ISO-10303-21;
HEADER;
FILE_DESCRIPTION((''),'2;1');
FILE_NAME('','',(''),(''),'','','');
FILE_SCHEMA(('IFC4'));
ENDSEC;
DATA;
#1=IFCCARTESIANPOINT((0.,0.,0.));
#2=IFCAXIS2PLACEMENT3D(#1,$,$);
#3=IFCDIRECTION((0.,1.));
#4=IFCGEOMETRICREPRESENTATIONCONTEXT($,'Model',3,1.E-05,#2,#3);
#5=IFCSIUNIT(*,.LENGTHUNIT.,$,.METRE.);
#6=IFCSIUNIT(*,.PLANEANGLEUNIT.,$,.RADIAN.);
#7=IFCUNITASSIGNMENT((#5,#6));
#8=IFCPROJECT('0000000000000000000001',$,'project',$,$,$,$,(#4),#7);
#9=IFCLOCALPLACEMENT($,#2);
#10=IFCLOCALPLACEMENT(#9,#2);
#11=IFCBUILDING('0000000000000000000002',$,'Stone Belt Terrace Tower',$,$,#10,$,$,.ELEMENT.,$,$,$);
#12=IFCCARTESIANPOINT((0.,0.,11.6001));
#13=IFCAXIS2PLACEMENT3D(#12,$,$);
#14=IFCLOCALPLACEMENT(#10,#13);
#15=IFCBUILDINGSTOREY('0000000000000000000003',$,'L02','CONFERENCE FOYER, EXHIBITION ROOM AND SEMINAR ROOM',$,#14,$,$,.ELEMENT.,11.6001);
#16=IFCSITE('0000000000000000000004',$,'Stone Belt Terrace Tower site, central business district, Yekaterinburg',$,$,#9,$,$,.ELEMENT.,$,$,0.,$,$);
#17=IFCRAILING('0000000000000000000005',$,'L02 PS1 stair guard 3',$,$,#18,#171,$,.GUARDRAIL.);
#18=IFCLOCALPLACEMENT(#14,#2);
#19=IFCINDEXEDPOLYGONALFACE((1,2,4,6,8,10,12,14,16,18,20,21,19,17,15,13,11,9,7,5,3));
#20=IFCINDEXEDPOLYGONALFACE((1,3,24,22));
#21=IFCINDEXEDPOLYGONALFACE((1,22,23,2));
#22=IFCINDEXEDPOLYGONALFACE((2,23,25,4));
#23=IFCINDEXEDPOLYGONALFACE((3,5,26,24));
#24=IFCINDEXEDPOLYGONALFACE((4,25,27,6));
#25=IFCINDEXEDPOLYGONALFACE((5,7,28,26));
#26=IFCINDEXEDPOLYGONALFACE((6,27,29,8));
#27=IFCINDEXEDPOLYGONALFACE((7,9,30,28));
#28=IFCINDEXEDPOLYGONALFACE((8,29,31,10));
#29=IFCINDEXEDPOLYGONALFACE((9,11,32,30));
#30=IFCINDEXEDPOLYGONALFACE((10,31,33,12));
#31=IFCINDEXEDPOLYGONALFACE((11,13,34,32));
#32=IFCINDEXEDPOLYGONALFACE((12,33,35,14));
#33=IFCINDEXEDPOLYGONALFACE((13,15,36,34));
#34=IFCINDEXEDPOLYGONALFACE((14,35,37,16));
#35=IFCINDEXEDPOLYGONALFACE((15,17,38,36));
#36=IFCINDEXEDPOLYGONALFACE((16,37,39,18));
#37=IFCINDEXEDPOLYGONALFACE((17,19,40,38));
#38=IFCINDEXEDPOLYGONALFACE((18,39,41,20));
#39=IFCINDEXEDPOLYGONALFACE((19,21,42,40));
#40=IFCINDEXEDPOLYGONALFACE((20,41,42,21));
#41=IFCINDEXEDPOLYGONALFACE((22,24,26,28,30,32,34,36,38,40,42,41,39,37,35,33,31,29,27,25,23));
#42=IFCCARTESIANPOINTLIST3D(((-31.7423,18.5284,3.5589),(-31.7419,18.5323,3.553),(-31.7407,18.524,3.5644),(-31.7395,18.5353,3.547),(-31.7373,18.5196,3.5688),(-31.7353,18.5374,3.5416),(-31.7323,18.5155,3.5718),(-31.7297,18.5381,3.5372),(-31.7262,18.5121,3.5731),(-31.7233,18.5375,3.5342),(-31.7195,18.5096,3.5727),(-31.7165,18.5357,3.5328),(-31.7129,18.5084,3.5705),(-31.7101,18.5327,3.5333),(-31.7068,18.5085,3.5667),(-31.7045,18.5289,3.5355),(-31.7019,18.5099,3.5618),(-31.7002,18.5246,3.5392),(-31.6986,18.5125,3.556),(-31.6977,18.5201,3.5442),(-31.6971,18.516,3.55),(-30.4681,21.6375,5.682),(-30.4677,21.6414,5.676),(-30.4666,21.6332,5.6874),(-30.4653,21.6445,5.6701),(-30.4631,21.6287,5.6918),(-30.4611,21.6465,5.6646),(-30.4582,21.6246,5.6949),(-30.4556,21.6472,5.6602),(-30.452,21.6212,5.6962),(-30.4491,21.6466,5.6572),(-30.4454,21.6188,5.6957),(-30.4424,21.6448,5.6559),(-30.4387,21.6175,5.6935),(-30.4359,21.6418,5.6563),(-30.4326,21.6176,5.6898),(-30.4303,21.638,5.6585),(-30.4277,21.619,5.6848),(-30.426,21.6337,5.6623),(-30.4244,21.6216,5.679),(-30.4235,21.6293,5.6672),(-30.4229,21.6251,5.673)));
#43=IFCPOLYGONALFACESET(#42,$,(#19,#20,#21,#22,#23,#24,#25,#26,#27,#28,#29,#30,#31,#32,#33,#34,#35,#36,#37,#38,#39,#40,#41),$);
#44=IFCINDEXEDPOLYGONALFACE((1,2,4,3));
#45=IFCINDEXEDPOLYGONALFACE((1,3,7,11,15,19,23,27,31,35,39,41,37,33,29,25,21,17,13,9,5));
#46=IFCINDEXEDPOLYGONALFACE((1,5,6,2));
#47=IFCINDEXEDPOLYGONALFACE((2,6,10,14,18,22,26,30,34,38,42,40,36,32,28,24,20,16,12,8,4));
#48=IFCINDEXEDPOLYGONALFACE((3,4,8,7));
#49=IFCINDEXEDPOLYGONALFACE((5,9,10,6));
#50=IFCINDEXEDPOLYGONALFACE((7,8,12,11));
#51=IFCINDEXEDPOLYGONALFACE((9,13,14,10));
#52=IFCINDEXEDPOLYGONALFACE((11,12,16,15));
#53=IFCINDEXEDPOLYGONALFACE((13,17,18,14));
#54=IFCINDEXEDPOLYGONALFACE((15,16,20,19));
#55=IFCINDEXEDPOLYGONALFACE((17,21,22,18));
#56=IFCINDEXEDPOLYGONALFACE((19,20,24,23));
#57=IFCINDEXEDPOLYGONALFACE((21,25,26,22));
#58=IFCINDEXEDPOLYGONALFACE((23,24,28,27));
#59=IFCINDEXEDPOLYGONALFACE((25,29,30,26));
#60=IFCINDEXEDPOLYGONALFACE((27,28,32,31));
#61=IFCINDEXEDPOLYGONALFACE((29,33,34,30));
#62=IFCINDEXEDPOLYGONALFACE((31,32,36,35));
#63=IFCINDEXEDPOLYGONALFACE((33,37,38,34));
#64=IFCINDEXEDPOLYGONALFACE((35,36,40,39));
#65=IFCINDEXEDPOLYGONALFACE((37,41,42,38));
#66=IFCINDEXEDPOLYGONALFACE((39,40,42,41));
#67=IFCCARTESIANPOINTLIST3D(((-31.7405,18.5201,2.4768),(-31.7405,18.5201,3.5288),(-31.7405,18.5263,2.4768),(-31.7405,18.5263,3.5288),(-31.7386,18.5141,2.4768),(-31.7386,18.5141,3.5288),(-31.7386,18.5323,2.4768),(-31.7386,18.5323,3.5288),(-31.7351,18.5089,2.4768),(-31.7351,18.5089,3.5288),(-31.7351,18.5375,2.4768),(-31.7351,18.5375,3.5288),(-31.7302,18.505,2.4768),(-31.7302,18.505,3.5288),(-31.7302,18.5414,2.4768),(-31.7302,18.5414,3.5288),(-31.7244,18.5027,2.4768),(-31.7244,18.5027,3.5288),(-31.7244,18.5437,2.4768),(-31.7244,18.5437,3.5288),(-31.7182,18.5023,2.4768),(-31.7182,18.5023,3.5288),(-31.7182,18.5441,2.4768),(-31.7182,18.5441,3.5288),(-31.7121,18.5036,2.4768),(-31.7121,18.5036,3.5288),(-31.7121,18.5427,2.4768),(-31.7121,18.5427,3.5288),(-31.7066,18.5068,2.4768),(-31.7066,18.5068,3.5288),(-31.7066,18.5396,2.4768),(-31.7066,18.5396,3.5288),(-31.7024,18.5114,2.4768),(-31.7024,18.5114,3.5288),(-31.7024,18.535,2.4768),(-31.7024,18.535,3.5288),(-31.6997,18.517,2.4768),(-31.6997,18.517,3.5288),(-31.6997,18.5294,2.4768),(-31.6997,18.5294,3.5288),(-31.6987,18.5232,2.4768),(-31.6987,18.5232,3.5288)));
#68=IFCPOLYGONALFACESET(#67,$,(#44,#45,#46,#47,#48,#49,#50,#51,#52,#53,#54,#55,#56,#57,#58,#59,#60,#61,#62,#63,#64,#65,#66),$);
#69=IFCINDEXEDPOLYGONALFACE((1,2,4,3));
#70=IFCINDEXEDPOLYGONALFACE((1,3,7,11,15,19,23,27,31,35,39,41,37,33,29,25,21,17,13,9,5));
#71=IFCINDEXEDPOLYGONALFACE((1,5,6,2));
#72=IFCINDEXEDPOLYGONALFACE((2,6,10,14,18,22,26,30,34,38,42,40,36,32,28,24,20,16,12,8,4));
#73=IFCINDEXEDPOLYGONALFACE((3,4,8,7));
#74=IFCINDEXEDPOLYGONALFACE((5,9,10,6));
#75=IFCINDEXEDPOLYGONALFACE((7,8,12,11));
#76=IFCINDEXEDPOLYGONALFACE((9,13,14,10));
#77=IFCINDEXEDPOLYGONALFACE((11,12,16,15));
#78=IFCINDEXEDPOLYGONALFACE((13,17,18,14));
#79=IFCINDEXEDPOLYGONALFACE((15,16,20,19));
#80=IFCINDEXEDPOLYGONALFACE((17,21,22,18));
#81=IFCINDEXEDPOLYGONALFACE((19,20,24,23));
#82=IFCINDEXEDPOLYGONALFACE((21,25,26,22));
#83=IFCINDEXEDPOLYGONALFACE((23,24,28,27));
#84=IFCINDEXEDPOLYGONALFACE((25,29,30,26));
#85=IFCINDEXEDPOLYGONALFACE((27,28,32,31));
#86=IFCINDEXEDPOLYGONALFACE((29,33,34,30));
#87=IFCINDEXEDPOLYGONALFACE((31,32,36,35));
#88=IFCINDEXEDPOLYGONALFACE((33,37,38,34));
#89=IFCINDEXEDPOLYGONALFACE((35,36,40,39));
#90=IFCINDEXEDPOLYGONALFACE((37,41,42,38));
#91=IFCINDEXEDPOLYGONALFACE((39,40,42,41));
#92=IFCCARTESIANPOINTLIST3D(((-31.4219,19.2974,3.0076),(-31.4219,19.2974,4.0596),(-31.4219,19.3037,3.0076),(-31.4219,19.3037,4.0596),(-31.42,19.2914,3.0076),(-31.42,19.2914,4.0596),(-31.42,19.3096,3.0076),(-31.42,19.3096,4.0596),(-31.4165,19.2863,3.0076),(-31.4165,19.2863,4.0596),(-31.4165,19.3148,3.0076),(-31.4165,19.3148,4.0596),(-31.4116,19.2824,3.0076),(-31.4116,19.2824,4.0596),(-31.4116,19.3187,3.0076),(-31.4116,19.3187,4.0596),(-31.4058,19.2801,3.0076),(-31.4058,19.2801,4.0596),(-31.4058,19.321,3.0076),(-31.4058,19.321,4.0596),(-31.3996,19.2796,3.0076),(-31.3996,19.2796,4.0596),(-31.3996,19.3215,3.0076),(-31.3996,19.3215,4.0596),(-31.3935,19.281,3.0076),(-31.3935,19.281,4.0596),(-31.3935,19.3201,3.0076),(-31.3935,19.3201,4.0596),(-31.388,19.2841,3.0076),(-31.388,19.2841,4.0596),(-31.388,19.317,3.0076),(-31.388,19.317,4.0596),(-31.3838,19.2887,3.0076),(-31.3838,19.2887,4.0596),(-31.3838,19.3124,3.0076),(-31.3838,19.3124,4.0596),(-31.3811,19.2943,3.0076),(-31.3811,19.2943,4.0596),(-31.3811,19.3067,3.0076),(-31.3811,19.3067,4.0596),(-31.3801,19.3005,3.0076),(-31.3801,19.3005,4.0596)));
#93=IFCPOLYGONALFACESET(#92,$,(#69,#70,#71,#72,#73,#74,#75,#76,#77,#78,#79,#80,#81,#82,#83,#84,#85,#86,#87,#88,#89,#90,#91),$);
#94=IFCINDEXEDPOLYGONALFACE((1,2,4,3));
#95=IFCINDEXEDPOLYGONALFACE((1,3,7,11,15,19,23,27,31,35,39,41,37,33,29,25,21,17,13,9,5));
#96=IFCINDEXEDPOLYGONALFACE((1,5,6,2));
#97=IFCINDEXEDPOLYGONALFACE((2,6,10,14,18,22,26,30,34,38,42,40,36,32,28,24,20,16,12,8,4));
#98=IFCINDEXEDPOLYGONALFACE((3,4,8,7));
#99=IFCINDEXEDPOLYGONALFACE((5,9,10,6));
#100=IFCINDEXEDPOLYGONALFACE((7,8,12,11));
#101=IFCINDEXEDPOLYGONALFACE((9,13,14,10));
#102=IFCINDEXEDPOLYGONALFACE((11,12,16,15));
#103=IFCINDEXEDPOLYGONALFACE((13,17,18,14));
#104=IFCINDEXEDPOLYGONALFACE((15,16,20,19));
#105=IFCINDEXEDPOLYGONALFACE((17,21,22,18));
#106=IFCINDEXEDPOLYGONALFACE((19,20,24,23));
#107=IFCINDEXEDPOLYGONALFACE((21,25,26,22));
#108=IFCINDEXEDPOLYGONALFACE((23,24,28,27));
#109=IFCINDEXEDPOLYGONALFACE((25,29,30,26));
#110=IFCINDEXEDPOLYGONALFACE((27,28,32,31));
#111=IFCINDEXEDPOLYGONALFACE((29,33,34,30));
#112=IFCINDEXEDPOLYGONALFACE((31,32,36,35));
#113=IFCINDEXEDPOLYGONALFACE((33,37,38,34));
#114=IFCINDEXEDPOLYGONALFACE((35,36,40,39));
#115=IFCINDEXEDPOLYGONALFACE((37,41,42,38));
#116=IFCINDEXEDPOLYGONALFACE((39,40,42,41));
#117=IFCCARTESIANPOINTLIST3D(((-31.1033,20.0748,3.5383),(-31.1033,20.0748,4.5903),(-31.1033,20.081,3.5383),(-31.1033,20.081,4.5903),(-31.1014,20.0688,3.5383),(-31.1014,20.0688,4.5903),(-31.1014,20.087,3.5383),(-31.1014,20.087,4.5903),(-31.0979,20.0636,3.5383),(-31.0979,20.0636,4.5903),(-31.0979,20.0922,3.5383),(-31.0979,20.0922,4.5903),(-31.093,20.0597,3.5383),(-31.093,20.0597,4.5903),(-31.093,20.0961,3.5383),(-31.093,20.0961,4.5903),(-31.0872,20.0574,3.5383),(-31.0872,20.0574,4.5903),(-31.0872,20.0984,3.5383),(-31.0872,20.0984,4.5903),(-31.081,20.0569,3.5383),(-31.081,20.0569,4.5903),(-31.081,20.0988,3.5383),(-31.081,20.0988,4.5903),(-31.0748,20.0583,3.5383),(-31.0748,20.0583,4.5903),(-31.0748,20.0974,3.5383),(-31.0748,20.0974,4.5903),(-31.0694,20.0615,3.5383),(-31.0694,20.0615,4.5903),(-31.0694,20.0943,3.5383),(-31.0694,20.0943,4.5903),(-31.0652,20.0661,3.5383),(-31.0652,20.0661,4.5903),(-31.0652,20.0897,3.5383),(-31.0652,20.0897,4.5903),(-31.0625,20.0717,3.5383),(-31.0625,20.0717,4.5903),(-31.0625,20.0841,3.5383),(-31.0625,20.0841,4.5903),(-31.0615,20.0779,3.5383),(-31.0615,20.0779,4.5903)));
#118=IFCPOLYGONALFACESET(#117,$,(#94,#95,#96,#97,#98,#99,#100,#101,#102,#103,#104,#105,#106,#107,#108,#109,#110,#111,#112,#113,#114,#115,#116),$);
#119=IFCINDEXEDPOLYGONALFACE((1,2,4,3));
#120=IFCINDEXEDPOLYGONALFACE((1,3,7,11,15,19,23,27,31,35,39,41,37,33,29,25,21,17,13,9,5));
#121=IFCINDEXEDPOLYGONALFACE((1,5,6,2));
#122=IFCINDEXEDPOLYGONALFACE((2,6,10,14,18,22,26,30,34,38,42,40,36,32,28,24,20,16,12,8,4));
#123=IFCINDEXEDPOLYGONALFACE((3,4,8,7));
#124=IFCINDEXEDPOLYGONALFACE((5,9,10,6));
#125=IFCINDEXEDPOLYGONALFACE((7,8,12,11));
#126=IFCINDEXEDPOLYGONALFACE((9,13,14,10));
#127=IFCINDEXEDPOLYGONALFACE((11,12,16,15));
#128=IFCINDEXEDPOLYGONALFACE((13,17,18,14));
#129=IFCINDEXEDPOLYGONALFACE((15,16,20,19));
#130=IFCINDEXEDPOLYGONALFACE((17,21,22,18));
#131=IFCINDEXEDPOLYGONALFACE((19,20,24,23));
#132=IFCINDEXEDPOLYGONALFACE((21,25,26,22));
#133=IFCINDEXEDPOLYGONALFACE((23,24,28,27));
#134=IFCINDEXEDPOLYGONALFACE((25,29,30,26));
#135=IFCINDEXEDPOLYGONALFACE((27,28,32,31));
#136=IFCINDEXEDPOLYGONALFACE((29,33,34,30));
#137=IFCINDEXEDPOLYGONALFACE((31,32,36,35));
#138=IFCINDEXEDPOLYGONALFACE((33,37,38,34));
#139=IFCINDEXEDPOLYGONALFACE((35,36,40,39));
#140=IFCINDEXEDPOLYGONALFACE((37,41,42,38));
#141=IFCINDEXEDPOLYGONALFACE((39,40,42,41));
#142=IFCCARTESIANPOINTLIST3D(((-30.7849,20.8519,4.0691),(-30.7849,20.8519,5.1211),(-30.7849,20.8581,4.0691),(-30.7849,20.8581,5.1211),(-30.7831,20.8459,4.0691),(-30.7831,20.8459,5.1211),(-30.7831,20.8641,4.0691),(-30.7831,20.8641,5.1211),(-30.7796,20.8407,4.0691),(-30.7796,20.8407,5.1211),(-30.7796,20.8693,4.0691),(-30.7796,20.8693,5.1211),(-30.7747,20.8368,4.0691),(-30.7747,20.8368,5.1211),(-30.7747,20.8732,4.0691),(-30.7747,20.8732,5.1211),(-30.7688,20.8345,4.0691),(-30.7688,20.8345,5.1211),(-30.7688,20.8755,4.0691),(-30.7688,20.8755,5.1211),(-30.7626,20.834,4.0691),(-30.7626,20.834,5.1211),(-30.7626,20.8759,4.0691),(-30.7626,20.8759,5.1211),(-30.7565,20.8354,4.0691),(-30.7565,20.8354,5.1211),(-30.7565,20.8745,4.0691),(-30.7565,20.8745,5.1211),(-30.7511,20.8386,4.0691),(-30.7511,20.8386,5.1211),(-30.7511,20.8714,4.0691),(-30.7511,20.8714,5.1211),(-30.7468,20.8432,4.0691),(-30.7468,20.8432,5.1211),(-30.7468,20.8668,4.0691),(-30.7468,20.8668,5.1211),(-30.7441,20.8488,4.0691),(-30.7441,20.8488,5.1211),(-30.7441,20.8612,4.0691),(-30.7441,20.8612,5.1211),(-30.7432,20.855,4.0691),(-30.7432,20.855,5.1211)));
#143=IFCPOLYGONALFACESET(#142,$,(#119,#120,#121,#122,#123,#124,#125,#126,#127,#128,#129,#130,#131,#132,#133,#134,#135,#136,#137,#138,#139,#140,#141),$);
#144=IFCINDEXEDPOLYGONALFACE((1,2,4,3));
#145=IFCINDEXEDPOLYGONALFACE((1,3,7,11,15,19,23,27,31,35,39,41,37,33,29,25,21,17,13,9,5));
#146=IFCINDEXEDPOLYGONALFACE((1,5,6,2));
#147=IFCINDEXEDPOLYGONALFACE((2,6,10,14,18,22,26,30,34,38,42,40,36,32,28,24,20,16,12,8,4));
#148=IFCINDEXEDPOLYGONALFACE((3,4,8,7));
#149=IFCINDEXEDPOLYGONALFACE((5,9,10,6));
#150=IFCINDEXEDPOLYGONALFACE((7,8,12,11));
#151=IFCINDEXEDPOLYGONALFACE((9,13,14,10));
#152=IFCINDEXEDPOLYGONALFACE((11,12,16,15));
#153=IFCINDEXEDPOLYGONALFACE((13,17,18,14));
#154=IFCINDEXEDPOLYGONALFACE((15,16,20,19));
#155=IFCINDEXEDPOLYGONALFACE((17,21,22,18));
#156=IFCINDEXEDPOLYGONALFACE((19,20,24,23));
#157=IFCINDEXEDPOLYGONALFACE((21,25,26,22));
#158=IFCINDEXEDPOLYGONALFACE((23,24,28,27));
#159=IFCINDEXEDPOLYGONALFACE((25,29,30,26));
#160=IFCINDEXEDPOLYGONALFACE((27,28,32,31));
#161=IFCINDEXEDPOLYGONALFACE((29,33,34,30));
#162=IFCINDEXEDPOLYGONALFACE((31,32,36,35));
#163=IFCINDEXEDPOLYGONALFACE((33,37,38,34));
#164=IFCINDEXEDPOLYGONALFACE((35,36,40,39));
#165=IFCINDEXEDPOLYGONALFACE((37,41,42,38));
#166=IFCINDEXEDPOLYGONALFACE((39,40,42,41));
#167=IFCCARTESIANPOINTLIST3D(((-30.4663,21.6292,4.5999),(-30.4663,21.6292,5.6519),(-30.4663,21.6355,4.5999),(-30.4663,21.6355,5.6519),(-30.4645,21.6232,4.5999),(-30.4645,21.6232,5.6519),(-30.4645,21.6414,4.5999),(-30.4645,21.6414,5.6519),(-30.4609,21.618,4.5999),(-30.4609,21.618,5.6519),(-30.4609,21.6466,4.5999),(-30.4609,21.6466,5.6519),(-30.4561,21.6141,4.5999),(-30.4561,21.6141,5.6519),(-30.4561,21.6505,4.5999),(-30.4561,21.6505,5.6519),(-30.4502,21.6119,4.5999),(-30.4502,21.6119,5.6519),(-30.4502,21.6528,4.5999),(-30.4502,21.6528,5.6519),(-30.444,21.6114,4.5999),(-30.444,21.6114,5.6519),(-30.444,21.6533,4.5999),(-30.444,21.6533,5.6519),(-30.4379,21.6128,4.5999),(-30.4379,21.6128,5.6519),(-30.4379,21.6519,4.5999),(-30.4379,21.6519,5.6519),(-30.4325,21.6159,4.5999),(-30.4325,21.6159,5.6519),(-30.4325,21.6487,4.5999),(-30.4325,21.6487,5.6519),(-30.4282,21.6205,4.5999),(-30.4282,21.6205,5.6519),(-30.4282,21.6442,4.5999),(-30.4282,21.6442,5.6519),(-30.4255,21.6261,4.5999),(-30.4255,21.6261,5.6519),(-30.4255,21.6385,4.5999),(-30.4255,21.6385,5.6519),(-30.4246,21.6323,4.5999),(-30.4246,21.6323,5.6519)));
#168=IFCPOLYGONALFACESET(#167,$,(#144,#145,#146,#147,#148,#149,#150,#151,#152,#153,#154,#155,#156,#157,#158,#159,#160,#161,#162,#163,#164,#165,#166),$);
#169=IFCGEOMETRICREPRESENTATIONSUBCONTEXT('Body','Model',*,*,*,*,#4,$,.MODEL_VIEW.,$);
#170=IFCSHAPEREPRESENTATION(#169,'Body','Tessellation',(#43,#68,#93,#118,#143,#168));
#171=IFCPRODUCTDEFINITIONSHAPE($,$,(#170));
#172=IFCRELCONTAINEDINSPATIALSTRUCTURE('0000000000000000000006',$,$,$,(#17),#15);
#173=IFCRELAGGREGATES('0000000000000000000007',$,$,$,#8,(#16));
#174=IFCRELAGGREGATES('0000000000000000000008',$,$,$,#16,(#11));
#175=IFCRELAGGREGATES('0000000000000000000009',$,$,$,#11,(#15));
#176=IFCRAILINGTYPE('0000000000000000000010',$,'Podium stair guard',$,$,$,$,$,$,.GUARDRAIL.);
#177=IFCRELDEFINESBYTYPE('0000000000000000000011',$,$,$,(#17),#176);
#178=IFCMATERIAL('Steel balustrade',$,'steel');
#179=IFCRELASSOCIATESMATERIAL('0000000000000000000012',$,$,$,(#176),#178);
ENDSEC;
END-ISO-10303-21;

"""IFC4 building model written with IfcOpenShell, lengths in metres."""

from ifc_helpers import new_model, si_unit, direction, frame, origin, origin_2d, place, context, subcontext, project, spatial, circle, extrude, material, type_object, element, save


model = new_model("IFC4")

# Units and contexts
model_context = context("Model", 3, precision=1e-05, world=origin(), true_north=direction((0.0, 1.0)))
body_context = subcontext(model_context, "Body", "Model", "MODEL_VIEW")
ifc_project = project(units=[si_unit("LENGTHUNIT", "METRE"), si_unit("PLANEANGLEUNIT", "RADIAN")], contexts=[model_context])

# Site, building, storey
site_placement = place(None, origin())
site = spatial("IfcSite", under=ifc_project, at=site_placement, Name="Stone Belt Terrace Tower site, central business district, Yekaterinburg", CompositionType="ELEMENT", RefElevation=0.0)
building_placement = place(site_placement, origin())
building = spatial("IfcBuilding", under=site, at=building_placement, Name="Stone Belt Terrace Tower", CompositionType="ELEMENT")
storey_placement = place(building_placement, frame((0.0, 0.0, 11.6001)))
storey = spatial("IfcBuildingStorey", under=building, at=storey_placement, Name="L02", Description="CONFERENCE FOYER, EXHIBITION ROOM AND SEMINAR ROOM", CompositionType="ELEMENT", Elevation=11.6001)

# Railing
ifc_material_1 = material(Name="Steel balustrade", Category="steel")
railing_type_1 = type_object("IfcRailingType", Name="Podium stair guard", PredefinedType="GUARDRAIL", material=ifc_material_1)
railing_1_placement = place(storey_placement, frame((-31.7197, 18.5232, 2.4768)))
element("IfcRailing", 1, at=railing_1_placement, inside=storey, type_object=railing_type_1, Name="L02 PS1 stair guard 3", PredefinedType="GUARDRAIL", context=body_context, shape_type="SweptSolid", body=[
    extrude(circle(Radius=0.0239, at=origin_2d()), frame((0.0, 0.0, 1.0762), z_axis=(0.320577, 0.782248, 0.534152), x_axis=(-0.925312, 0.379207, 0.0)), (0.0, 0.0, 1.0), 3.9746),
    extrude(circle(Radius=0.021, at=origin_2d()), origin(), (0.0, 0.0, 1.0), 1.052),
    extrude(circle(Radius=0.021, at=origin_2d()), frame((0.3186, 0.7773, 0.5308)), (0.0, 0.0, 1.0), 1.052),
    extrude(circle(Radius=0.021, at=origin_2d()), frame((0.6372, 1.5547, 1.0615)), (0.0, 0.0, 1.0), 1.052),
    extrude(circle(Radius=0.021, at=origin_2d()), frame((0.9556, 2.3318, 1.5923)), (0.0, 0.0, 1.0), 1.052),
    extrude(circle(Radius=0.021, at=origin_2d()), frame((1.2742, 3.1091, 2.123)), (0.0, 0.0, 1.0), 1.052),
])

save(model, "model.ifc")
